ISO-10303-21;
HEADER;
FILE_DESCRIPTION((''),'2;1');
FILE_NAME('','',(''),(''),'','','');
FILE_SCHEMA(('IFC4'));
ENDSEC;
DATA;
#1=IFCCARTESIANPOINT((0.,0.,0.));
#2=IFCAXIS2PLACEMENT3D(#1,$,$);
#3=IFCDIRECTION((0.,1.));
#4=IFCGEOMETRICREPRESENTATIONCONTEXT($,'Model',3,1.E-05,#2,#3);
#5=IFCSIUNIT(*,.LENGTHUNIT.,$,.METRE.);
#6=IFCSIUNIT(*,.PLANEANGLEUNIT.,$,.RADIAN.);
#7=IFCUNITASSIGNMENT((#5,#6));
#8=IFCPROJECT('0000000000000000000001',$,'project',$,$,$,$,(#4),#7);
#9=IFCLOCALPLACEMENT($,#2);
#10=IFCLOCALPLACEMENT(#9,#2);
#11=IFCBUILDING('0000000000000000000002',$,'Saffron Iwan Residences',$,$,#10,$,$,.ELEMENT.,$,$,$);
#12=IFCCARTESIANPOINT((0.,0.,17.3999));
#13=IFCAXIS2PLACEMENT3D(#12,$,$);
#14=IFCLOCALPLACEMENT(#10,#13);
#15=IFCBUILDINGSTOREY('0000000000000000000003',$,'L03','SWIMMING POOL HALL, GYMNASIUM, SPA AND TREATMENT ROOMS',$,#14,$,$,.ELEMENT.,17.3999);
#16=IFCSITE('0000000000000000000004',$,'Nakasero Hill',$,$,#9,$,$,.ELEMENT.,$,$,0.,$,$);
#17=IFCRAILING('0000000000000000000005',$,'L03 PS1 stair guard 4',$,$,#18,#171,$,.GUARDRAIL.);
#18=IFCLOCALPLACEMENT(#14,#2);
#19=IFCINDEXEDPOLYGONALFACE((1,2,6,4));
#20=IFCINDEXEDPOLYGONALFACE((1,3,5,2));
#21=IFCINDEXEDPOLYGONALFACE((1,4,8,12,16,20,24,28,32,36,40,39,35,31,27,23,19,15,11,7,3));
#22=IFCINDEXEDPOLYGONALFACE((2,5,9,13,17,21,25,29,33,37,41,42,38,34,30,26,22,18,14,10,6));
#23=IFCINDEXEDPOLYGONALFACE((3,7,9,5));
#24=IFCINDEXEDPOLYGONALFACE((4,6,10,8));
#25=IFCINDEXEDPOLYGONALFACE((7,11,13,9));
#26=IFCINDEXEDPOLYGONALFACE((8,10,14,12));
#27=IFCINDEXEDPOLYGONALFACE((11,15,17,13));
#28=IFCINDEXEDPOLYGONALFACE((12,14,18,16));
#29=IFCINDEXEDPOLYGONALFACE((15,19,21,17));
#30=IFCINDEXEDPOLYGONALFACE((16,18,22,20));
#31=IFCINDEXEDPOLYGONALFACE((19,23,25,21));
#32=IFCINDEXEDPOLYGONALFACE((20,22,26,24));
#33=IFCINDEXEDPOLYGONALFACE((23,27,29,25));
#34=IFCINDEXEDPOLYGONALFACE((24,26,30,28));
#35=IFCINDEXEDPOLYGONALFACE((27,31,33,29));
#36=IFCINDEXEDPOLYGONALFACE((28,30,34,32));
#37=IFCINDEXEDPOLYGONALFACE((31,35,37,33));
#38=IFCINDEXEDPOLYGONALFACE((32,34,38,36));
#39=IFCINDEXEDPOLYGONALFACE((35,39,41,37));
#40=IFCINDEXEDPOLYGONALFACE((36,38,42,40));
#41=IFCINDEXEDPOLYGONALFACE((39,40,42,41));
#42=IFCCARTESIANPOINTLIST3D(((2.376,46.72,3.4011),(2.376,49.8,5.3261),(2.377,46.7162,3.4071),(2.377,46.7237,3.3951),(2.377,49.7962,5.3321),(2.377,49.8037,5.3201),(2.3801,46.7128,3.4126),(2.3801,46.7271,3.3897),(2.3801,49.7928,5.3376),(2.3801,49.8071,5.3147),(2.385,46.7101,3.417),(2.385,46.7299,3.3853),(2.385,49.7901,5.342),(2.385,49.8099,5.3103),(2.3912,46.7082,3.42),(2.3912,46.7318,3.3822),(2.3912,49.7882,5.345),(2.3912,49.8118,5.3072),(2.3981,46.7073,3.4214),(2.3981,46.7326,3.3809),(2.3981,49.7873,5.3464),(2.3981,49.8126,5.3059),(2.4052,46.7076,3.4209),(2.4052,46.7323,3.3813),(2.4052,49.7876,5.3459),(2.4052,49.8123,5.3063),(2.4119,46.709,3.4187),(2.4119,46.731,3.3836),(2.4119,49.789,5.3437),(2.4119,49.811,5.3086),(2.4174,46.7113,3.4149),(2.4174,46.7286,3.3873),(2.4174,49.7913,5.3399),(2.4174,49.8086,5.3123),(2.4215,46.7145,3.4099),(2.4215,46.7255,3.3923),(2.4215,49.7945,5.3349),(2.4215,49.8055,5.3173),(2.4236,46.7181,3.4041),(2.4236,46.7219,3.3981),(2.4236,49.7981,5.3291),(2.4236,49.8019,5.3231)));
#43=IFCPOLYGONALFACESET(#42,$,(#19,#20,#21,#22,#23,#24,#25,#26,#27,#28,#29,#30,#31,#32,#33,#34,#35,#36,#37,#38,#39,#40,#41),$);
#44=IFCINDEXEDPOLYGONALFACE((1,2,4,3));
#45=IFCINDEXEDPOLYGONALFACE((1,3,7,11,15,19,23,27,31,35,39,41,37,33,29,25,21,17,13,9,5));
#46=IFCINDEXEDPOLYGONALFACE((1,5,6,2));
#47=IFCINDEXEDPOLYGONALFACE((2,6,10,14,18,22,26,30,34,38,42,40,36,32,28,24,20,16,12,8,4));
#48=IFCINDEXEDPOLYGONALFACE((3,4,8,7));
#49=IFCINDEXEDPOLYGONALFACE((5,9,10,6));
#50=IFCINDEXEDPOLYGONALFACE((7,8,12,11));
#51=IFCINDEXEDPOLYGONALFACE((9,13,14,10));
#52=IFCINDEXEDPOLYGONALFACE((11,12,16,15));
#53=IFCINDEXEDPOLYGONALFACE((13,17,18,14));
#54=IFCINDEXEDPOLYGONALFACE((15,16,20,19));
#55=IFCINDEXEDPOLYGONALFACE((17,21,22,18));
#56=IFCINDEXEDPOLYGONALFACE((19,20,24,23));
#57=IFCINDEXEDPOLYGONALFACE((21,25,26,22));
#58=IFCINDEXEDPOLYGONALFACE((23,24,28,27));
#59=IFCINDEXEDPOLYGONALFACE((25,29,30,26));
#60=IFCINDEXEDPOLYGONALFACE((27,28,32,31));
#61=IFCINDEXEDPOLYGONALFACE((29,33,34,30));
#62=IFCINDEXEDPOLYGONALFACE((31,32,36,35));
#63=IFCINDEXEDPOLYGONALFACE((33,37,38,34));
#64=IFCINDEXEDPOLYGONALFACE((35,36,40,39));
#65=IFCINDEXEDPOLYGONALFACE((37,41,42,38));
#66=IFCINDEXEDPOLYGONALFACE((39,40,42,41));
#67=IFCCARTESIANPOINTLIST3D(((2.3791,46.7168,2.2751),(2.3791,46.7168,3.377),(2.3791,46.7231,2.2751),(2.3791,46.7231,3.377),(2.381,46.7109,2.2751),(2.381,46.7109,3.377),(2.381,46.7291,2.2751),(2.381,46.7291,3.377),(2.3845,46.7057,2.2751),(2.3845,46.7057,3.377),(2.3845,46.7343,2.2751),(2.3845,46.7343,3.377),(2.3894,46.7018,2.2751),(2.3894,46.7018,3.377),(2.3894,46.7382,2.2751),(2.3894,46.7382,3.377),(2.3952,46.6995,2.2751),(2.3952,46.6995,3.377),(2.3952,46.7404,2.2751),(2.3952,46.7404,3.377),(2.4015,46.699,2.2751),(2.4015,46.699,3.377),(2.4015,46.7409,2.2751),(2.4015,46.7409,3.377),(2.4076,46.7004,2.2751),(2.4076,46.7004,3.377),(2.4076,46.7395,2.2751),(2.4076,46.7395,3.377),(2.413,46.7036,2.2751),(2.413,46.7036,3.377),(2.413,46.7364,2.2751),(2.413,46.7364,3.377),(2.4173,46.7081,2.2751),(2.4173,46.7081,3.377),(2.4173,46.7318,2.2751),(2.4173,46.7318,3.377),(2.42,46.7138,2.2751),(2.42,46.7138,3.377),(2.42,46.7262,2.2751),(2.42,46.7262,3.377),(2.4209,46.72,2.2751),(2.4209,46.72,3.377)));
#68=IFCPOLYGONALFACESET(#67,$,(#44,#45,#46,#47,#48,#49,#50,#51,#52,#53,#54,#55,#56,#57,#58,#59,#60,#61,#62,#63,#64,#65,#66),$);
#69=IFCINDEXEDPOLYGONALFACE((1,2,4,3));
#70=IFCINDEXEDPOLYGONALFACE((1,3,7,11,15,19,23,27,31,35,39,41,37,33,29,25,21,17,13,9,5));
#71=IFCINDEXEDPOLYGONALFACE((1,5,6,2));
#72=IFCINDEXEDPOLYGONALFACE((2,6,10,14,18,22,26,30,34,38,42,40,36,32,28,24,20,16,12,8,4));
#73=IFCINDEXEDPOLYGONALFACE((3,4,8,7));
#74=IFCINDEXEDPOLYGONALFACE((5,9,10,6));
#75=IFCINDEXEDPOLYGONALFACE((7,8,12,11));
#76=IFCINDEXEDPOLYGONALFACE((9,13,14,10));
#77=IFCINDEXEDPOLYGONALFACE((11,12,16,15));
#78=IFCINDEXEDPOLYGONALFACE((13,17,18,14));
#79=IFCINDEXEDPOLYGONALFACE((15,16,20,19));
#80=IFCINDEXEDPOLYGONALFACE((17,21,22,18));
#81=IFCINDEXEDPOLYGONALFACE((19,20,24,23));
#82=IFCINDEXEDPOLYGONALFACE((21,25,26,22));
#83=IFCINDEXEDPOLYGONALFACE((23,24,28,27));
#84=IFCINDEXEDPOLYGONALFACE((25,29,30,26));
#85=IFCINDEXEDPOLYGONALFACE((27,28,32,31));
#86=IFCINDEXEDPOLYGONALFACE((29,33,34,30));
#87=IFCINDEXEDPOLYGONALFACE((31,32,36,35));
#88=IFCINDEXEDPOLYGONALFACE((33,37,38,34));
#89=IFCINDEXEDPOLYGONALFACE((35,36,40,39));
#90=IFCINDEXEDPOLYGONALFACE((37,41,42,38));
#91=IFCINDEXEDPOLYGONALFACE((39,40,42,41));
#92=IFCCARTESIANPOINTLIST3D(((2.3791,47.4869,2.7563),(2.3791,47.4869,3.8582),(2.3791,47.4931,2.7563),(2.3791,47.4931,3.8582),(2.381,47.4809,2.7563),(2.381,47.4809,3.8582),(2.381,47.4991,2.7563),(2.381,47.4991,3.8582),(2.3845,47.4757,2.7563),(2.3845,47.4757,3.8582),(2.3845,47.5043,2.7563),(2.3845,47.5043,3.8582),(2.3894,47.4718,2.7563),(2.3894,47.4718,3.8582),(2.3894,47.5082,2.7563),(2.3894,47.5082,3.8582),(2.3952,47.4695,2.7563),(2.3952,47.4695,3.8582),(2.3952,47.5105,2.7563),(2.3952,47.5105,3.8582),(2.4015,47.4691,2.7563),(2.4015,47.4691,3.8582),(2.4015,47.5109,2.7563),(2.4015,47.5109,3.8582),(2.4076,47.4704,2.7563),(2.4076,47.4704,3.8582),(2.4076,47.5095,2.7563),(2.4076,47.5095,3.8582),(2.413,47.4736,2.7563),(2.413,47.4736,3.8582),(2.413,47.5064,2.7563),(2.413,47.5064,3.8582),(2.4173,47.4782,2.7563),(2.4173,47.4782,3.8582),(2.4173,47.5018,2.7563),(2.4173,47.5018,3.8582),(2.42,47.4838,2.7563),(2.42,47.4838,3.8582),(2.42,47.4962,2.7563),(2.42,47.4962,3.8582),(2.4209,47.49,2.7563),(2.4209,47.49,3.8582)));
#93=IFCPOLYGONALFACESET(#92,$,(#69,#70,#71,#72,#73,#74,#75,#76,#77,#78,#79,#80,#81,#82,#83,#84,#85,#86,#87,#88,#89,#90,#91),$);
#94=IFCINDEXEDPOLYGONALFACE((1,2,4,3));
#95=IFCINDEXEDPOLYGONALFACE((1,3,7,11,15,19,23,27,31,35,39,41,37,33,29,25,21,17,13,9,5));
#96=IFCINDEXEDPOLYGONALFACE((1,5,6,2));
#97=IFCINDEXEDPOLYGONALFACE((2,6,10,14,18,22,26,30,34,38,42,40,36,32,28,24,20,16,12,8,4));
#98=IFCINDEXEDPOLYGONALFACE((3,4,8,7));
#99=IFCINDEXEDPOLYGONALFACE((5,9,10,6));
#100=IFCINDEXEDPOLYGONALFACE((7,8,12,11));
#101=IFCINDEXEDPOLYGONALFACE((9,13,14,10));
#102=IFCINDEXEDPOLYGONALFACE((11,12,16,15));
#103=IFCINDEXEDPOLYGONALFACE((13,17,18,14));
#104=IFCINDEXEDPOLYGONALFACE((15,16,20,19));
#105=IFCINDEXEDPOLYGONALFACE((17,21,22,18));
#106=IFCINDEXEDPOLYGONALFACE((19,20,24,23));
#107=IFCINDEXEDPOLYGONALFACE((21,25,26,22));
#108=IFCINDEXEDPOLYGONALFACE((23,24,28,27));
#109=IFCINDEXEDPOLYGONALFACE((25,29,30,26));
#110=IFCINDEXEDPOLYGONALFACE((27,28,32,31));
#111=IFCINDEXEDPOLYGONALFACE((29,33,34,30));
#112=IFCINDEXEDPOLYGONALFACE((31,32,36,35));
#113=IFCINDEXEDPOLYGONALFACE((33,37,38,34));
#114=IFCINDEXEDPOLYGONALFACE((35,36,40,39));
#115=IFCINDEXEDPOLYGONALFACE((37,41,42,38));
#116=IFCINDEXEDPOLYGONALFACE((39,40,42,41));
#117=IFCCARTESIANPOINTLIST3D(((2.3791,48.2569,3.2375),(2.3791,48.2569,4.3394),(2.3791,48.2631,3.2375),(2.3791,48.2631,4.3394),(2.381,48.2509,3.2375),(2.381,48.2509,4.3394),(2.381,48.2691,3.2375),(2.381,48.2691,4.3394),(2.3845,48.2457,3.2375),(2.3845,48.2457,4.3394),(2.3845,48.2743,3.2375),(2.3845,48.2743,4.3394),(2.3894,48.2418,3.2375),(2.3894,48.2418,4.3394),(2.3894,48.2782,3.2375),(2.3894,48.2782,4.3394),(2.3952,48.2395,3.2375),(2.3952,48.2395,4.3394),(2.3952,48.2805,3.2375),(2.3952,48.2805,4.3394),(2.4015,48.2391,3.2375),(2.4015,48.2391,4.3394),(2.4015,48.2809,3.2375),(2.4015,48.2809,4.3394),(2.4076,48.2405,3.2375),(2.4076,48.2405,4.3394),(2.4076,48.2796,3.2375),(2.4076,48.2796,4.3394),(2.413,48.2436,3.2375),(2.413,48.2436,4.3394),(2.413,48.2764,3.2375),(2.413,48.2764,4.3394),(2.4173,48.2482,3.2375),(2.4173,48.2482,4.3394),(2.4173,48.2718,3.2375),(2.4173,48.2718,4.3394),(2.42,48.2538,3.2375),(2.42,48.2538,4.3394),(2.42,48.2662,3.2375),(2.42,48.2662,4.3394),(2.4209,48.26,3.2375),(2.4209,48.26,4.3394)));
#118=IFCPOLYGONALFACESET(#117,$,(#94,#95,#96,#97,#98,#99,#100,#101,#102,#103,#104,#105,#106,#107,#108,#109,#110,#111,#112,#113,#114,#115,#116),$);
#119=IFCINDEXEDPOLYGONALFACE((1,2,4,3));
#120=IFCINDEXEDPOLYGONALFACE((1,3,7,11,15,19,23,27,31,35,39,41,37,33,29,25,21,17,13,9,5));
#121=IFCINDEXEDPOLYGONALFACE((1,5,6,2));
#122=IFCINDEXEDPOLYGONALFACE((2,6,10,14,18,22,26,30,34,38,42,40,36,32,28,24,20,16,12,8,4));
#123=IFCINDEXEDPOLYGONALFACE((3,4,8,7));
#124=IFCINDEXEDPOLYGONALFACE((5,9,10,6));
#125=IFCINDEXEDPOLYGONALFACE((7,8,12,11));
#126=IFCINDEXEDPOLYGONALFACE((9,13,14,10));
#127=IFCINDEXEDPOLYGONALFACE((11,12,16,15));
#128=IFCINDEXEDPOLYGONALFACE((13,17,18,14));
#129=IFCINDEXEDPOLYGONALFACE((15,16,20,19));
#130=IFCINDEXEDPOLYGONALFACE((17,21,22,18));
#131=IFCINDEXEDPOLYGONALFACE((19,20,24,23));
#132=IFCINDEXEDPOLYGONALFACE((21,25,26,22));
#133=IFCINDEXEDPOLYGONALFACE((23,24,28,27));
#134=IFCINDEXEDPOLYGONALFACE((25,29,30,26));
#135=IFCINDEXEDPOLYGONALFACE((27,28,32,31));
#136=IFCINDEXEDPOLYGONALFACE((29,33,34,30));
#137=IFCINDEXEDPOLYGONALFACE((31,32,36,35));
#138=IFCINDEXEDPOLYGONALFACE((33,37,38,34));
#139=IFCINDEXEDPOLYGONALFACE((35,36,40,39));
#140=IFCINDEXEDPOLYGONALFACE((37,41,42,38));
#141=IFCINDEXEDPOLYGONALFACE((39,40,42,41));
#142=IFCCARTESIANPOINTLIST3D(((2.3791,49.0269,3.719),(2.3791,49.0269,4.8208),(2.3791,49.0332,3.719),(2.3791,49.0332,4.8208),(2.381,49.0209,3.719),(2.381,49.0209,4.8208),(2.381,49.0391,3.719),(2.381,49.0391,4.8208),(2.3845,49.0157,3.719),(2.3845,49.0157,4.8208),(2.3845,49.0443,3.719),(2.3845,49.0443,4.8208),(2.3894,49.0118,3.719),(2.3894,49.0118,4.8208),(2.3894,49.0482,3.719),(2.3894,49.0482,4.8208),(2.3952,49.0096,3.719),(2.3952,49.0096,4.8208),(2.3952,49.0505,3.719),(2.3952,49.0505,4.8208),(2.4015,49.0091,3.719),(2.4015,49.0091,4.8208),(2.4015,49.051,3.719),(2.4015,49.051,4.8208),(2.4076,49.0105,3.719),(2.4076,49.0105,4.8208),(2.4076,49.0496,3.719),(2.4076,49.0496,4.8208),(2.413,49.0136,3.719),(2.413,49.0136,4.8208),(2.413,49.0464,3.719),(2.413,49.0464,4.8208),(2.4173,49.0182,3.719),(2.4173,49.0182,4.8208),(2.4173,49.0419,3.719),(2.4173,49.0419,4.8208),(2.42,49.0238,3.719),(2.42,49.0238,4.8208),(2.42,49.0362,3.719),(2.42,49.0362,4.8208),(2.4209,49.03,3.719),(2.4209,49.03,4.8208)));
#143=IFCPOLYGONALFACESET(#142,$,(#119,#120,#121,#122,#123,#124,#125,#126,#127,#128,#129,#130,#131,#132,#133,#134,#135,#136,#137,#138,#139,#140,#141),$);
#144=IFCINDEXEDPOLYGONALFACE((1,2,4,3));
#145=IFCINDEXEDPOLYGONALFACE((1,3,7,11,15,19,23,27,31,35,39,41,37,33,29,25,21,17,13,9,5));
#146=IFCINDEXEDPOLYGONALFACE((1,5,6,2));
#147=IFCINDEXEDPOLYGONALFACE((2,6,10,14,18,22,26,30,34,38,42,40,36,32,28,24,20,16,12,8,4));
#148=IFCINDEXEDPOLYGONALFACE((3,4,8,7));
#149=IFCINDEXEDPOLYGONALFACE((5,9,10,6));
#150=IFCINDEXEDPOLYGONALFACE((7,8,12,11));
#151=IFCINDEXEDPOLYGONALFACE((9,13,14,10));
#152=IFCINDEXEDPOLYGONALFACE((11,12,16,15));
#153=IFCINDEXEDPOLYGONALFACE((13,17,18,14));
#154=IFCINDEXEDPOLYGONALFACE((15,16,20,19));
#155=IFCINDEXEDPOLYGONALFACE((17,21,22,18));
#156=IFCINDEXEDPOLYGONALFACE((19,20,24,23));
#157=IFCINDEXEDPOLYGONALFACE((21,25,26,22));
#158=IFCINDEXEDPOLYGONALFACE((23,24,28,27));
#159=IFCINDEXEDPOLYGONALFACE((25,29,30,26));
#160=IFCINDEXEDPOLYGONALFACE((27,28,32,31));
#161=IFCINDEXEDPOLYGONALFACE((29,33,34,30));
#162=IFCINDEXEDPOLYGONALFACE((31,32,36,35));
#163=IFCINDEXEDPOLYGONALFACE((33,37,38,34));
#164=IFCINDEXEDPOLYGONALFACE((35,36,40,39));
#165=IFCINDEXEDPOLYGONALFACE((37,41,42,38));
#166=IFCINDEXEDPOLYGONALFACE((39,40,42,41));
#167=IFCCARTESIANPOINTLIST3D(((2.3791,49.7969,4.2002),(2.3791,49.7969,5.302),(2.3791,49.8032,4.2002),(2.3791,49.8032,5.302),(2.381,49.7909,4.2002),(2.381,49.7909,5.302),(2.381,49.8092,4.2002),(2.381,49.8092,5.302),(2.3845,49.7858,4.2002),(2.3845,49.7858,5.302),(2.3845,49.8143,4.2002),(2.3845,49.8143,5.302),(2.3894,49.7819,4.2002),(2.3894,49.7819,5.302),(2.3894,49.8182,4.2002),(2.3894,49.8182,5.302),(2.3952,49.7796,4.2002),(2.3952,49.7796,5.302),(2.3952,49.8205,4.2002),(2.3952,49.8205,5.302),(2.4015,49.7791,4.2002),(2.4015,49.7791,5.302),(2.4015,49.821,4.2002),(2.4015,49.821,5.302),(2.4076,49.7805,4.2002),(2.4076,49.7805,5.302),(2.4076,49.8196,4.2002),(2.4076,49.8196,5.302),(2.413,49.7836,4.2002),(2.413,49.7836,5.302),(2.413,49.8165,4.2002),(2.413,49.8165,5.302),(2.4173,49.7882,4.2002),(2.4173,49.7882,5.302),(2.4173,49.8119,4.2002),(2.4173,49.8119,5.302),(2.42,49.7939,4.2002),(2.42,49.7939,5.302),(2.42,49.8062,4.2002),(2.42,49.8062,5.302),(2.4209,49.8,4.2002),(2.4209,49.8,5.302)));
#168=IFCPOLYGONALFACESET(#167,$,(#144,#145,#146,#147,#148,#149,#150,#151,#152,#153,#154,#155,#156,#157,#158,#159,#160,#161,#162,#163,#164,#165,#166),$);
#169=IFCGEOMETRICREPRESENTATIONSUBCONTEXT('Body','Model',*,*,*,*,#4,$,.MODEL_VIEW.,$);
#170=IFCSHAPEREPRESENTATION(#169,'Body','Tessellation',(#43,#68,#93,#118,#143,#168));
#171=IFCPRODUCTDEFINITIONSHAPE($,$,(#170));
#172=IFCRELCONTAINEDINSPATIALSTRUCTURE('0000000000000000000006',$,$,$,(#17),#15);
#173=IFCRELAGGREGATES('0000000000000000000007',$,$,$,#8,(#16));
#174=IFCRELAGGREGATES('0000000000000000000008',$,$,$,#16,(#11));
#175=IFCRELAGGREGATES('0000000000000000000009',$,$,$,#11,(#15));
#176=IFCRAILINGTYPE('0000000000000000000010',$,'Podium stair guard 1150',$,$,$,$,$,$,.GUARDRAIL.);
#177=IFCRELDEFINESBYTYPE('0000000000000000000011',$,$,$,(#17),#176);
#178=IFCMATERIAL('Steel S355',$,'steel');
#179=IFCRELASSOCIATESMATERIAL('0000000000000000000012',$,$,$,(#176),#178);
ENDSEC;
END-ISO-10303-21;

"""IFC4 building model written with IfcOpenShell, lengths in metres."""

from ifc_helpers import new_model, si_unit, direction, frame, origin, origin_2d, place, context, subcontext, project, spatial, circle, extrude, material, type_object, element, save


model = new_model("IFC4")

# Units and contexts
model_context = context("Model", 3, precision=1e-05, world=origin(), true_north=direction((0.0, 1.0)))
body_context = subcontext(model_context, "Body", "Model", "MODEL_VIEW")
ifc_project = project(units=[si_unit("LENGTHUNIT", "METRE"), si_unit("PLANEANGLEUNIT", "RADIAN")], contexts=[model_context])

# Site, building, storey
site_placement = place(None, origin())
site = spatial("IfcSite", under=ifc_project, at=site_placement, Name="Nakasero Hill", CompositionType="ELEMENT", RefElevation=0.0)
building_placement = place(site_placement, origin())
building = spatial("IfcBuilding", under=site, at=building_placement, Name="Saffron Iwan Residences", CompositionType="ELEMENT")
storey_placement = place(building_placement, frame((0.0, 0.0, 17.3999)))
storey = spatial("IfcBuildingStorey", under=building, at=storey_placement, Name="L03", Description="SWIMMING POOL HALL, GYMNASIUM, SPA AND TREATMENT ROOMS", CompositionType="ELEMENT", Elevation=17.3999)

# Railing
ifc_material_1 = material(Name="Steel S355", Category="steel")
railing_type_1 = type_object("IfcRailingType", Name="Podium stair guard 1150", PredefinedType="GUARDRAIL", material=ifc_material_1)
railing_1_placement = place(storey_placement, frame((2.3999, 46.72, 2.2751)))
element("IfcRailing", 1, at=railing_1_placement, inside=storey, type_object=railing_type_1, Name="L03 PS1 stair guard 4", PredefinedType="GUARDRAIL", context=body_context, shape_type="SweptSolid", body=[
    extrude(circle(Radius=0.0239, at=origin_2d()), frame((0.0, 0.0, 1.126), z_axis=(0.0, 0.847998, 0.529999), x_axis=(-1.0, 0.0, 0.0)), (0.0, 0.0, 1.0), 3.6321),
    extrude(circle(Radius=0.021, at=origin_2d()), origin(), (0.0, 0.0, 1.0), 1.1018),
    extrude(circle(Radius=0.021, at=origin_2d()), frame((0.0, 0.77, 0.4812)), (0.0, 0.0, 1.0), 1.1018),
    extrude(circle(Radius=0.021, at=origin_2d()), frame((0.0, 1.54, 0.9624)), (0.0, 0.0, 1.0), 1.1018),
    extrude(circle(Radius=0.021, at=origin_2d()), frame((0.0, 2.3101, 1.4438)), (0.0, 0.0, 1.0), 1.1018),
    extrude(circle(Radius=0.021, at=origin_2d()), frame((0.0, 3.0801, 1.925)), (0.0, 0.0, 1.0), 1.1018),
])

save(model, "model.ifc")
